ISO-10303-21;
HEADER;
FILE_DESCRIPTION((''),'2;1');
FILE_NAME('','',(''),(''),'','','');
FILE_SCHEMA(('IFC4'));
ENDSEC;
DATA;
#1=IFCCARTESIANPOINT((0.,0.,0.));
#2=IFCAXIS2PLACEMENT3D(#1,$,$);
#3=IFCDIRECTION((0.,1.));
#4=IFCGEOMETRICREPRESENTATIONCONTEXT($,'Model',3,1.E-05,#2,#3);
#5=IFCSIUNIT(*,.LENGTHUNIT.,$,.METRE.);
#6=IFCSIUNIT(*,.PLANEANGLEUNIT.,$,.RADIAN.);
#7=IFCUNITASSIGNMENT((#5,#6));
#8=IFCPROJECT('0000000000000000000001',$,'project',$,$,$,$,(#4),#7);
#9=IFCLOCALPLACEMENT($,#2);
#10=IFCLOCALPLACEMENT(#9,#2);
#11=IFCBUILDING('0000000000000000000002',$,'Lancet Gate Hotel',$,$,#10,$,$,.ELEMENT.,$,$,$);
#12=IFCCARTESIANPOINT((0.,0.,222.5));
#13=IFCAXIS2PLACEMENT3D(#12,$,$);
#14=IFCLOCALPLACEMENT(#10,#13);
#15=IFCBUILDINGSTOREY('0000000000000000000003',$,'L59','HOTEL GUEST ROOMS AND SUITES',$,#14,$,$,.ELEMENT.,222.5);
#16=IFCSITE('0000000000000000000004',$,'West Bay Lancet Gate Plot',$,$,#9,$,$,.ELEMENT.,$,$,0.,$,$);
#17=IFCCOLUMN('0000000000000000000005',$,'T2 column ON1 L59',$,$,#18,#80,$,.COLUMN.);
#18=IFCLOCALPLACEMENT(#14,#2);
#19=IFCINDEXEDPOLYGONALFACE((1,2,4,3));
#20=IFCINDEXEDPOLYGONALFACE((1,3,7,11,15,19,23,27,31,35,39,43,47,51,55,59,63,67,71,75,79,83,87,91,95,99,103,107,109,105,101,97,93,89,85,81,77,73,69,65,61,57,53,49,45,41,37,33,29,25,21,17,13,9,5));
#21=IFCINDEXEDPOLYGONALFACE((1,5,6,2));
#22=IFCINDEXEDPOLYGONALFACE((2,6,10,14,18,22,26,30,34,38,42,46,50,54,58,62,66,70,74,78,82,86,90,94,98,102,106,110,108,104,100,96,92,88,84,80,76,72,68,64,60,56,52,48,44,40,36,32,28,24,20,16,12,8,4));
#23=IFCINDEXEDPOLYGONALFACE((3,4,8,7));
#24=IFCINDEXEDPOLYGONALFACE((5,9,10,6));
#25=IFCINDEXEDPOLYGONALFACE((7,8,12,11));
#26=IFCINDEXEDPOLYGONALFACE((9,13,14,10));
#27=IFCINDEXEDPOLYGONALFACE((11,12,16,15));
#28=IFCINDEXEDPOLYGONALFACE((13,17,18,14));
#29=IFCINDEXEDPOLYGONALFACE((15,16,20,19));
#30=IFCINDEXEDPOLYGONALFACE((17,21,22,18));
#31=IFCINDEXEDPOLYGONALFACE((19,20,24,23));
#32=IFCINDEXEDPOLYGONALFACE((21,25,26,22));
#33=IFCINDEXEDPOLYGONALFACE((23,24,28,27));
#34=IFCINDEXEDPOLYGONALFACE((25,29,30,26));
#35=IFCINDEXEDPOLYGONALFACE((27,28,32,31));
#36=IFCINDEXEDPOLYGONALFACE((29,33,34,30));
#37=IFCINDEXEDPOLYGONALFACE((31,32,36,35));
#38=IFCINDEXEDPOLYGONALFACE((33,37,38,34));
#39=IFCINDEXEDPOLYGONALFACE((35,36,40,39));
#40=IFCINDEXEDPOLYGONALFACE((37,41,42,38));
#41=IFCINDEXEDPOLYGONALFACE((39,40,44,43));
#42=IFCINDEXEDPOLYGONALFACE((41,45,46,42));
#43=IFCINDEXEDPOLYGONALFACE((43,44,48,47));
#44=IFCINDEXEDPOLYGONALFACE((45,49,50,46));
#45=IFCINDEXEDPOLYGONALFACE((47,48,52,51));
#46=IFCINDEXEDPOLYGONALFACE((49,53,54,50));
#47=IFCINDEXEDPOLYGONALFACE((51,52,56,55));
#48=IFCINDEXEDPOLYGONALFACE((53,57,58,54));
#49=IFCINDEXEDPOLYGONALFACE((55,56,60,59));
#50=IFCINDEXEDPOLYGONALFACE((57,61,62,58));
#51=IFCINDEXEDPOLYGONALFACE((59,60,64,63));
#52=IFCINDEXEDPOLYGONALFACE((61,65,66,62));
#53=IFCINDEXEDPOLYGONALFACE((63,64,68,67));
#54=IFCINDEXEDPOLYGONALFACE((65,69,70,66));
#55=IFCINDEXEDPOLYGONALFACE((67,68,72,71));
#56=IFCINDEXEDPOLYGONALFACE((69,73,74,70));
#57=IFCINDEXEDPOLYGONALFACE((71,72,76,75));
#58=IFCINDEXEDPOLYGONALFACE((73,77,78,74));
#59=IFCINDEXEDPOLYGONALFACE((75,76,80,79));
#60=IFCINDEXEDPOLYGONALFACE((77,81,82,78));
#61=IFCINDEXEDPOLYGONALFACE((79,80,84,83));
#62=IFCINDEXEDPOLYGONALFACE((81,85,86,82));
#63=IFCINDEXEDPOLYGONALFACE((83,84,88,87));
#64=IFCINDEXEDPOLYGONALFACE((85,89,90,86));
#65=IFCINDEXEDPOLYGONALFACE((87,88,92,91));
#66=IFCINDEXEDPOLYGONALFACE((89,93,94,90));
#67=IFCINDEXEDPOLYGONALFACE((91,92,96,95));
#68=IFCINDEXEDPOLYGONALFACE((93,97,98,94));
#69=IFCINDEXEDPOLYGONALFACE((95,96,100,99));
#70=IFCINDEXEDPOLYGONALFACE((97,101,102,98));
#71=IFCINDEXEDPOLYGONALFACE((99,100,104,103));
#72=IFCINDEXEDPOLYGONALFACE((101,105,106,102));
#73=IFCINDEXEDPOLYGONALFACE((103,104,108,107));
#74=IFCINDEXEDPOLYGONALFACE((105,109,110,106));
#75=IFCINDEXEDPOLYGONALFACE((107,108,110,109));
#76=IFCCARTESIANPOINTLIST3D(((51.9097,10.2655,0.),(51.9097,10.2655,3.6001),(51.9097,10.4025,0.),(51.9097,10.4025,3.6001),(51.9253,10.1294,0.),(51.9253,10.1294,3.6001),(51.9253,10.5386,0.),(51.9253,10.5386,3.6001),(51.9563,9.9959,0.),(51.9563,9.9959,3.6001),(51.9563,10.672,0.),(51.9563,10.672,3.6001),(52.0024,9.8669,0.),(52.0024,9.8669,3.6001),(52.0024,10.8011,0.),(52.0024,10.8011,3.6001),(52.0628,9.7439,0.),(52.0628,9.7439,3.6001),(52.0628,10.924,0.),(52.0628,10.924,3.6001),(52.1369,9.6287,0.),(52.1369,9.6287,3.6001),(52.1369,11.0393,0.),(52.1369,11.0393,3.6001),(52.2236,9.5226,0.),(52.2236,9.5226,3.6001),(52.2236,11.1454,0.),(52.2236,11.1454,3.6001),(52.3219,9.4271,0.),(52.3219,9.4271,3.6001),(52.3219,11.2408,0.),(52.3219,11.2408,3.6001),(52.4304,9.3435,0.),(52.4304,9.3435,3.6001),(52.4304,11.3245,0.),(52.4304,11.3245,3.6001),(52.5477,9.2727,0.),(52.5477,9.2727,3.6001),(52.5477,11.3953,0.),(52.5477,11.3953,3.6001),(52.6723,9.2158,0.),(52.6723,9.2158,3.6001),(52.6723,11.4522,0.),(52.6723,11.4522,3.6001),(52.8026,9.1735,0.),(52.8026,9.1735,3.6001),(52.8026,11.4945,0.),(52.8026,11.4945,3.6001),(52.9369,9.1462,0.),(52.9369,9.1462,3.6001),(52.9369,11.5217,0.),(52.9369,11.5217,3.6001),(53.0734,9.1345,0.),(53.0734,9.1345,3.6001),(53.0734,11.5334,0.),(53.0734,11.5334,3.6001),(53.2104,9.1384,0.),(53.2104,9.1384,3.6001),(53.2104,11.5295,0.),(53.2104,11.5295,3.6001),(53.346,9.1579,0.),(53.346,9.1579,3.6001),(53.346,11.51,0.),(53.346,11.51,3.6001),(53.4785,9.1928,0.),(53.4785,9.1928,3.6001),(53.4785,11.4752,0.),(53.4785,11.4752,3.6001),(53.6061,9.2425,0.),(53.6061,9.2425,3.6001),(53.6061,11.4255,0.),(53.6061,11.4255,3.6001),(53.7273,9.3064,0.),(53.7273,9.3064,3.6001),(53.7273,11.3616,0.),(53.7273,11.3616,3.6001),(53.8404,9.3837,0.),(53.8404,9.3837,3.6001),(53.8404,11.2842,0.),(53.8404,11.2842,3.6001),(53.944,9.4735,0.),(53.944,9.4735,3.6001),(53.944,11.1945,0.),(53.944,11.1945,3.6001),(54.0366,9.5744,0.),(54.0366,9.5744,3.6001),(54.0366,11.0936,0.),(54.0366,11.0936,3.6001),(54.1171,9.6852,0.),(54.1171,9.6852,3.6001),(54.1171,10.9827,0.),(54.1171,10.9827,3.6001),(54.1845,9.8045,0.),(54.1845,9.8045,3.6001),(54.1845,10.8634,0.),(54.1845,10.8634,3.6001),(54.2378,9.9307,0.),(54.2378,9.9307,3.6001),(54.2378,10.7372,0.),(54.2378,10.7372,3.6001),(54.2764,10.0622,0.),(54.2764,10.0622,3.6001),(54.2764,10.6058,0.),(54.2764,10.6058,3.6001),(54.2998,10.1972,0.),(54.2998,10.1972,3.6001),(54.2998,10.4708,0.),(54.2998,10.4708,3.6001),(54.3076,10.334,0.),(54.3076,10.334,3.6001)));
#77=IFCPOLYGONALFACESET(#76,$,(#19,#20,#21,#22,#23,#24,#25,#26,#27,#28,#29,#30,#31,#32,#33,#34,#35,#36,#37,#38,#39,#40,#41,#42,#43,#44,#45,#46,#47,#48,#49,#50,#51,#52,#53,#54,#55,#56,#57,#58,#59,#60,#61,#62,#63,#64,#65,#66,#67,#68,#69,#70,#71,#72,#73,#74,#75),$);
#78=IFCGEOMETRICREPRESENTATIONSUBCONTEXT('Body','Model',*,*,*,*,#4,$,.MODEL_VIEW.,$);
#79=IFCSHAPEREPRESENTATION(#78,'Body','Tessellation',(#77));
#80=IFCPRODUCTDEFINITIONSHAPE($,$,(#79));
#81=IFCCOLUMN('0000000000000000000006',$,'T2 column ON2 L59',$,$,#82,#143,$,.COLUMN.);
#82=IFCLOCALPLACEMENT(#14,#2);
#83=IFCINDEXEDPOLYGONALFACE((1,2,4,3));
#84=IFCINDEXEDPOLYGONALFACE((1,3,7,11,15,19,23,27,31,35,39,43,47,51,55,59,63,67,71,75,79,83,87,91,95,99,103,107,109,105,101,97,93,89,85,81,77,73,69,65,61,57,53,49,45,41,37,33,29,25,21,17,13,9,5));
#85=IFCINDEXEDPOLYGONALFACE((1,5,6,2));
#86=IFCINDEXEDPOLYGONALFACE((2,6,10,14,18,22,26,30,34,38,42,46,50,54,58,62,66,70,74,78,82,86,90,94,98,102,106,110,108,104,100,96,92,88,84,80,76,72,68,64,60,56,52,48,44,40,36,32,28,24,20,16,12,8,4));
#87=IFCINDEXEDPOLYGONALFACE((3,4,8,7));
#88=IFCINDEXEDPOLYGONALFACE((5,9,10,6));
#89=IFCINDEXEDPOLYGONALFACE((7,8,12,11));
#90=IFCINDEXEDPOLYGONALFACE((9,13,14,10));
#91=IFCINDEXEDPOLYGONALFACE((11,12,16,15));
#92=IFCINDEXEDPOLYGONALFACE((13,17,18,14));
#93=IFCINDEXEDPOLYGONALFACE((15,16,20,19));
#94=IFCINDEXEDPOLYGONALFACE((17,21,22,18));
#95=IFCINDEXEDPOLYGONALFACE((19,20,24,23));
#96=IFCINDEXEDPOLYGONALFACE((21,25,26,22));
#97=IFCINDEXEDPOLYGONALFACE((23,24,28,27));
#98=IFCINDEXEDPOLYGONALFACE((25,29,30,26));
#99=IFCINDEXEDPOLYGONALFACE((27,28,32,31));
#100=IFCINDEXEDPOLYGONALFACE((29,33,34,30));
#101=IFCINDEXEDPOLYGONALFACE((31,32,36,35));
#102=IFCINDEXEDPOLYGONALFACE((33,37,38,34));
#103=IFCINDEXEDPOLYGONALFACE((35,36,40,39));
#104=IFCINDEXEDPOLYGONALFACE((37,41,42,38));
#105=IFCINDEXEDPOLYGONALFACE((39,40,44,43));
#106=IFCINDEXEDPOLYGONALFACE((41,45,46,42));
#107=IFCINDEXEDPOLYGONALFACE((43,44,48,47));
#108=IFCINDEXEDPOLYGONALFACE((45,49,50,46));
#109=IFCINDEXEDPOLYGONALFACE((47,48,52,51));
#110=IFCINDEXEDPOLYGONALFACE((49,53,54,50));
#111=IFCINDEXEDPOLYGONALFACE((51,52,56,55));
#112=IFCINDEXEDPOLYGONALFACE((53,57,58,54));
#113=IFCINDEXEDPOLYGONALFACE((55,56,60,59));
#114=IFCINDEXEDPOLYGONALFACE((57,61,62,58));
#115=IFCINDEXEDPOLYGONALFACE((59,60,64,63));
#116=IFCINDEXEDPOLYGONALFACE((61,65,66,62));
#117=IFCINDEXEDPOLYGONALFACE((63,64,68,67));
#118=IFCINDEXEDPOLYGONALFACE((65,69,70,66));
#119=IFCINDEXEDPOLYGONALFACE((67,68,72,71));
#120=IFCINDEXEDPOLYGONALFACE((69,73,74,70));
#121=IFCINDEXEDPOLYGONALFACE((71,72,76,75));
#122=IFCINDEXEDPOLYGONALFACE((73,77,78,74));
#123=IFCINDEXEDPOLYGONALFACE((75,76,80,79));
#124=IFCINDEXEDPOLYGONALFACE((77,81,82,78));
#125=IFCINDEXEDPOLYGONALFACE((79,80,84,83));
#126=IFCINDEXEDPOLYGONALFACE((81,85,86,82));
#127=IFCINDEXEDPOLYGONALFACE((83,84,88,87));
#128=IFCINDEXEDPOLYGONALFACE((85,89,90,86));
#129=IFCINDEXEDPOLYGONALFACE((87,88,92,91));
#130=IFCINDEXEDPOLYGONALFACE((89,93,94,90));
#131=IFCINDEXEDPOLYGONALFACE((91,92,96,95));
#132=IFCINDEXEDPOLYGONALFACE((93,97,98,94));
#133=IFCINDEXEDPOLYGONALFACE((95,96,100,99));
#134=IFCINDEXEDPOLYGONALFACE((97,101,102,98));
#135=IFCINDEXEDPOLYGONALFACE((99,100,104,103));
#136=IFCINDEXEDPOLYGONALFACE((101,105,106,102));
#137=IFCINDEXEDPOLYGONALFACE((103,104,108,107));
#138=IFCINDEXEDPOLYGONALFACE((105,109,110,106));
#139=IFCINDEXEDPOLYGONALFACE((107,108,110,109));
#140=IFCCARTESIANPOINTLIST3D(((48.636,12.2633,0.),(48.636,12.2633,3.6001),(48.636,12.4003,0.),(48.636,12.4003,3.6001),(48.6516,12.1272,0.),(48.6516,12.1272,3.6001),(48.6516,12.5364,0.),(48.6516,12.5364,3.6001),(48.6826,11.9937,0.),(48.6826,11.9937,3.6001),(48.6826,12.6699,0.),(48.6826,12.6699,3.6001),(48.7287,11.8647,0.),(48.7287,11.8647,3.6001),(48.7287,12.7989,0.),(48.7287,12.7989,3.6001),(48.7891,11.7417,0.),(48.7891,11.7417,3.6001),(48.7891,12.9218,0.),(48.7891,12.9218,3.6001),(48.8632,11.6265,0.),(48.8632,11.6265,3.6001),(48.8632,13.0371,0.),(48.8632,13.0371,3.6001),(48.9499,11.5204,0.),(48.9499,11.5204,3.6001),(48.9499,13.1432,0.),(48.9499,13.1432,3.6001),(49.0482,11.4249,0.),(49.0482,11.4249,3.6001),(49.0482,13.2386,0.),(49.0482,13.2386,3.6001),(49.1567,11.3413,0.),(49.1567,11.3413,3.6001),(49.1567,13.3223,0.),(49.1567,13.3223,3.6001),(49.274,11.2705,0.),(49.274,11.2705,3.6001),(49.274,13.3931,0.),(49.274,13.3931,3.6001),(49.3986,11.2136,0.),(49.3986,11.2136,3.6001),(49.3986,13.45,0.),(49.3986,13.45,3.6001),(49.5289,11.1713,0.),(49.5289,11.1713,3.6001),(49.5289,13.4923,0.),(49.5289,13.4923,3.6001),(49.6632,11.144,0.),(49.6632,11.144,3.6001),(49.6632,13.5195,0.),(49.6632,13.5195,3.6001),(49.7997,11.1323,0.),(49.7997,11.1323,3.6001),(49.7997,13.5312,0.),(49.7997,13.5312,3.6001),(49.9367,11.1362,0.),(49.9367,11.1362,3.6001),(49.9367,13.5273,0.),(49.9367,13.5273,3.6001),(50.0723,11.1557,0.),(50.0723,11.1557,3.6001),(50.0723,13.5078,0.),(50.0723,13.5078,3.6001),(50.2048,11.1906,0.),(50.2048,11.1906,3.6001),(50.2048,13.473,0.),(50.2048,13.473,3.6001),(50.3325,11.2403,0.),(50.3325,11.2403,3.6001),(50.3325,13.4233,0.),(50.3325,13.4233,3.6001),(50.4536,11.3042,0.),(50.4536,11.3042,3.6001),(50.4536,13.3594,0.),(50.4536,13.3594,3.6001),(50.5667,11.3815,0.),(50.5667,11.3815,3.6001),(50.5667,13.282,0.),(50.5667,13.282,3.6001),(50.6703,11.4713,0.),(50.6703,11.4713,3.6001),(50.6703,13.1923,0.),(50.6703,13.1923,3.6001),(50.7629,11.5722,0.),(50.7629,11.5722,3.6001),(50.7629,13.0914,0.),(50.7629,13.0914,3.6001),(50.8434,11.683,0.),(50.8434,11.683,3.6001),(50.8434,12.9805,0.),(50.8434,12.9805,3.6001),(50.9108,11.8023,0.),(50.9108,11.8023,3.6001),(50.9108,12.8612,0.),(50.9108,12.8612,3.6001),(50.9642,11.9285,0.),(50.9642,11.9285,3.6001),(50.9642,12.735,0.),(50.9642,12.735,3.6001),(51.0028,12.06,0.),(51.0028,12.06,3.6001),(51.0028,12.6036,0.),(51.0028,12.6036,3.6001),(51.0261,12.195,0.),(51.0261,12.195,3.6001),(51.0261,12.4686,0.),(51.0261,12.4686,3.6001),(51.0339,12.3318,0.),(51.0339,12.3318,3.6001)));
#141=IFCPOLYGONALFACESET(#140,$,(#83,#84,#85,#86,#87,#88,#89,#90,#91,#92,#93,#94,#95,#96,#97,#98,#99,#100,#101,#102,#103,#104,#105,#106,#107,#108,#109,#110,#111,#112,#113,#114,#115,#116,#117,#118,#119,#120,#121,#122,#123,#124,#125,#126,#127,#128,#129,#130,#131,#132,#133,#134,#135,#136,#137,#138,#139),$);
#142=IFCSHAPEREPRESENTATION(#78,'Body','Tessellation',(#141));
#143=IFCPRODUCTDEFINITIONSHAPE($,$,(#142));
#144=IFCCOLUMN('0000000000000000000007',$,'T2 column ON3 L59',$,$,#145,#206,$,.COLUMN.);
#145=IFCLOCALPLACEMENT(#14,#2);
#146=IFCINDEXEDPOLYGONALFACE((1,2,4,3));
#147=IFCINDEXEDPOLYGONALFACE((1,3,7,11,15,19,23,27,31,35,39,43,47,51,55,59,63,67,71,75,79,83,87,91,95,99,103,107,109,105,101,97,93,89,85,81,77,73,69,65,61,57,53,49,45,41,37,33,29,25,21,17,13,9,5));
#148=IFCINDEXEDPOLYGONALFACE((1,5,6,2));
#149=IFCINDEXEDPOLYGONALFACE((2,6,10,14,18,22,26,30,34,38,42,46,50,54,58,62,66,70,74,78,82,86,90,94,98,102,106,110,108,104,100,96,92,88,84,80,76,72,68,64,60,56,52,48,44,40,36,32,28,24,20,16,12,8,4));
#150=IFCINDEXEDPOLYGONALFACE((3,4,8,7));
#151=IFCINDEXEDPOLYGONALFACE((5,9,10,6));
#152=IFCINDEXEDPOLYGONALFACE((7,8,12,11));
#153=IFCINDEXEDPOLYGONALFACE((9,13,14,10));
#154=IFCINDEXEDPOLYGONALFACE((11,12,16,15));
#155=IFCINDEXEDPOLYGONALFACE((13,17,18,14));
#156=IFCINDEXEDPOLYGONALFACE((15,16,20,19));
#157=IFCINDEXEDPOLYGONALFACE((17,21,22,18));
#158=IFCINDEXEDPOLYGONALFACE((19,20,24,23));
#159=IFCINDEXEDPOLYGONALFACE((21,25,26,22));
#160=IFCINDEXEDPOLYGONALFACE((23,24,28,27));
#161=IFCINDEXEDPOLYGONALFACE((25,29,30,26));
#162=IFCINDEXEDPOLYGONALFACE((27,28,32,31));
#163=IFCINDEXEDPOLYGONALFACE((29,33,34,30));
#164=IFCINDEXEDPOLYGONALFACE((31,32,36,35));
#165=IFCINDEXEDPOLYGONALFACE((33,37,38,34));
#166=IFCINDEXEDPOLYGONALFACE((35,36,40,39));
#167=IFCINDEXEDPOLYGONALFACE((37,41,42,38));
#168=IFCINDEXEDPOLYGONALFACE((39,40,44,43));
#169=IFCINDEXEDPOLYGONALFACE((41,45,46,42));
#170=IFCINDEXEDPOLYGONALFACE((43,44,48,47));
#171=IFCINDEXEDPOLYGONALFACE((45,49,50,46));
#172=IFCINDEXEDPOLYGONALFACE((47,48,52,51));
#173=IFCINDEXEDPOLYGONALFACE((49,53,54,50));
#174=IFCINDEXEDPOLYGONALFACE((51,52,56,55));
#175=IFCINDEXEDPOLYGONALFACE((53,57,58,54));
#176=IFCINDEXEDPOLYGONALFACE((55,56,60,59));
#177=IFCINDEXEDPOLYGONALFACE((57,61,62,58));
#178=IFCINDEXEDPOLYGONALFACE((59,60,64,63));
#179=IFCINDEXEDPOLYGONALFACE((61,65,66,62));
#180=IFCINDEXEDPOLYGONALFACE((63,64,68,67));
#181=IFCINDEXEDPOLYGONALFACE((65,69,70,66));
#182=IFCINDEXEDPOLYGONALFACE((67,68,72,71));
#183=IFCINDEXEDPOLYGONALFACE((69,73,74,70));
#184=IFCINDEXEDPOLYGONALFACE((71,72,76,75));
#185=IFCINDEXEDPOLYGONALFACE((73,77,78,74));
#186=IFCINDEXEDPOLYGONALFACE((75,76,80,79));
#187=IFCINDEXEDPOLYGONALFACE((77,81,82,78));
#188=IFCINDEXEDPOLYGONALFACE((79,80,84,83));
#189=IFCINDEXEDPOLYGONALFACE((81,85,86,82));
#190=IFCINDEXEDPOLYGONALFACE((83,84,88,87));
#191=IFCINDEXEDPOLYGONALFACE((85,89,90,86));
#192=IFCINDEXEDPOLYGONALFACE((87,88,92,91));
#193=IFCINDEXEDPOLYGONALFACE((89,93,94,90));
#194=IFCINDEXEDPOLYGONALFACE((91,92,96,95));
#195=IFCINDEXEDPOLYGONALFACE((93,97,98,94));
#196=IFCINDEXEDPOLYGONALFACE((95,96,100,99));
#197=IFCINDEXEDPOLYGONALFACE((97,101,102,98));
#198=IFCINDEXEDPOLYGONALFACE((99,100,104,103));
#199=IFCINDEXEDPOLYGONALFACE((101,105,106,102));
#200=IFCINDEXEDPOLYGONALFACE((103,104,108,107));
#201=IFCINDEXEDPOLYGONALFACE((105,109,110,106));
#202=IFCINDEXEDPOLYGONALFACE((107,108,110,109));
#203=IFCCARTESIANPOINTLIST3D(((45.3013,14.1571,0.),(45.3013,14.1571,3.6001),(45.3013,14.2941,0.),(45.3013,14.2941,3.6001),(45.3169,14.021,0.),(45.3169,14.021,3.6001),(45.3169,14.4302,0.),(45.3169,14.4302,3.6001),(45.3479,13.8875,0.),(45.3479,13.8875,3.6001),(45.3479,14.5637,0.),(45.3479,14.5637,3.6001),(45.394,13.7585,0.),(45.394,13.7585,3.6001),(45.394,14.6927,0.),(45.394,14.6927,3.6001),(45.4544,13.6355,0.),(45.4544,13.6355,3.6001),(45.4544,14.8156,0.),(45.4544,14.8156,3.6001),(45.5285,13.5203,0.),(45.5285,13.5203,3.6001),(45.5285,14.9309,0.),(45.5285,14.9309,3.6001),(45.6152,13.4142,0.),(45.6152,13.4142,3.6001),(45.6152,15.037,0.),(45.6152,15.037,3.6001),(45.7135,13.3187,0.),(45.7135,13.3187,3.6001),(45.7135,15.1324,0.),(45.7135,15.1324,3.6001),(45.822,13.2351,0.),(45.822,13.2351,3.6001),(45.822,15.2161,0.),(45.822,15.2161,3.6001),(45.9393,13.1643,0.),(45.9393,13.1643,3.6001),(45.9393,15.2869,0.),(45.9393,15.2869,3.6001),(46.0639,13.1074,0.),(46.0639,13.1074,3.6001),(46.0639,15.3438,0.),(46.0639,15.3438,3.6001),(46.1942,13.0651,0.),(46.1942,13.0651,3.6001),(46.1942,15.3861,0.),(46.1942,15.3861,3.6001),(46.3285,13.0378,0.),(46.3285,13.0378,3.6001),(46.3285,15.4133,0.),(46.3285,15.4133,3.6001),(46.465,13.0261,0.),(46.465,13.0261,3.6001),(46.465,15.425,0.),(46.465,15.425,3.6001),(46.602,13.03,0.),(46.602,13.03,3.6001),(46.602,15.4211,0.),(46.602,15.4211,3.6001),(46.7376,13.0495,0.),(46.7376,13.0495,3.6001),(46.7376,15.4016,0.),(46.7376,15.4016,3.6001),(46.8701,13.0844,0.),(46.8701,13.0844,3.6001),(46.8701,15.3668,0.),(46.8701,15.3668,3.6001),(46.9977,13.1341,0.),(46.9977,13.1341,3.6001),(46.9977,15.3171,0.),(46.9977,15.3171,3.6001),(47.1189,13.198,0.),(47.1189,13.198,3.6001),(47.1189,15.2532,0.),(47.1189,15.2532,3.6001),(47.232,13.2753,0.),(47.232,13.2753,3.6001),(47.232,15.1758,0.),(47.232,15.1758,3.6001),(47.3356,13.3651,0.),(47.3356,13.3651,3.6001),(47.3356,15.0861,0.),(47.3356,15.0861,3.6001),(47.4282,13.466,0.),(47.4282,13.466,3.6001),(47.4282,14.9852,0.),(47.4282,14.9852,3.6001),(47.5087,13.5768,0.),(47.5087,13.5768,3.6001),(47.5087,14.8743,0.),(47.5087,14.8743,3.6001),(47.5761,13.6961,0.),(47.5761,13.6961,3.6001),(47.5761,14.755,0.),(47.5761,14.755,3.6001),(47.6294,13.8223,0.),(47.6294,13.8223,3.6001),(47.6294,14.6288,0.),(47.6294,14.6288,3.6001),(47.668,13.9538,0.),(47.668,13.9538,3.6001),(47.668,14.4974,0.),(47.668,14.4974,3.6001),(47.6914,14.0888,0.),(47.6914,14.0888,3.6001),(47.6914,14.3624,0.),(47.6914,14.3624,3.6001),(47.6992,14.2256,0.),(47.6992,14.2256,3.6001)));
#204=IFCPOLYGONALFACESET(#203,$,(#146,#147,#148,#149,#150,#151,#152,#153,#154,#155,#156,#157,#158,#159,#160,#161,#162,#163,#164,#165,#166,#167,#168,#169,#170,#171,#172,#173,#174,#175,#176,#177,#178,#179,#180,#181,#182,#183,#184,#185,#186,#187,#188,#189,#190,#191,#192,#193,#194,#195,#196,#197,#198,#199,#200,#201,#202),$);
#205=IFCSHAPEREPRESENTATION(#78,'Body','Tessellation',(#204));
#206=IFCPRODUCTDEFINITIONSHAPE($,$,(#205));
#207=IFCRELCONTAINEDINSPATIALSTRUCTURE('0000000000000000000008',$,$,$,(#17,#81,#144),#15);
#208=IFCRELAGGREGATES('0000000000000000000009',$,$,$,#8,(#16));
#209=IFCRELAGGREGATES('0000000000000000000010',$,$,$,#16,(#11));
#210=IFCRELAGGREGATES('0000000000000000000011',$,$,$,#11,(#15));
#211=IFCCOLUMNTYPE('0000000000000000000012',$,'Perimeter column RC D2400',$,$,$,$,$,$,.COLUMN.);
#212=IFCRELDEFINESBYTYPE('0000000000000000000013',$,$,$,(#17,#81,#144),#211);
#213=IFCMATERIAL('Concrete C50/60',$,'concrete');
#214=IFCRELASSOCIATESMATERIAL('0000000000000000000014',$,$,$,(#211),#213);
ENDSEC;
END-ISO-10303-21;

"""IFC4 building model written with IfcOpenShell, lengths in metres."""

from ifc_helpers import new_model, si_unit, direction, frame, origin, origin_2d, place, context, subcontext, project, spatial, circle, extrude, material, material_profile, profile_set, type_object, element, save


model = new_model("IFC4")

# Units and contexts
model_context = context("Model", 3, precision=1e-05, world=origin(), true_north=direction((0.0, 1.0)))
body_context = subcontext(model_context, "Body", "Model", "MODEL_VIEW")
ifc_project = project(units=[si_unit("LENGTHUNIT", "METRE"), si_unit("PLANEANGLEUNIT", "RADIAN")], contexts=[model_context])

# Site, building, storey
site_placement = place(None, origin())
site = spatial("IfcSite", under=ifc_project, at=site_placement, Name="West Bay Lancet Gate Plot", CompositionType="ELEMENT", RefElevation=0.0)
building_placement = place(site_placement, origin())
building = spatial("IfcBuilding", under=site, at=building_placement, Name="Lancet Gate Hotel", CompositionType="ELEMENT")
storey_placement = place(building_placement, frame((0.0, 0.0, 222.5)))
storey = spatial("IfcBuildingStorey", under=building, at=storey_placement, Name="L59", Description="HOTEL GUEST ROOMS AND SUITES", CompositionType="ELEMENT", Elevation=222.5)

# Columns
ifc_material_1 = material(Name="Concrete C50/60", Category="concrete")
ifc_material_profile_1 = material_profile(ifc_material_1, circle(Radius=1.2, at=origin_2d()), Name="RC D2400")
ifc_profile_set_1 = profile_set([ifc_material_profile_1], Name="Concrete C50/60")
column_type = type_object("IfcColumnType", Name="Perimeter column RC D2400", PredefinedType="COLUMN", material=ifc_profile_set_1)
for number, where, z_axis, x_axis, name in (
    (1, (53.1077, 10.334, 0.0), (0.0, 0.0, 1.0), (1.0, 0.0, 0.0), "T2 column ON1 L59"),
    (2, (49.834, 12.3318, 0.0), (0.0, 0.0, 1.0), (1.0, 0.0, 0.0), "T2 column ON2 L59"),
    (3, (46.4993, 14.2256, 0.0), (0.0, 0.0, 1.0), (1.0, 0.0, 0.0), "T2 column ON3 L59"),
):
    element("IfcColumn", number, at=place(storey_placement, frame(where, z_axis=z_axis, x_axis=x_axis)), inside=storey, type_object=column_type, Name=name, PredefinedType="COLUMN", context=body_context, shape_type="SweptSolid", body=[
        extrude(circle(Radius=1.2, at=origin_2d()), origin(), (0.0, 0.0, 1.0), 3.6001),
    ])

save(model, "model.ifc")
